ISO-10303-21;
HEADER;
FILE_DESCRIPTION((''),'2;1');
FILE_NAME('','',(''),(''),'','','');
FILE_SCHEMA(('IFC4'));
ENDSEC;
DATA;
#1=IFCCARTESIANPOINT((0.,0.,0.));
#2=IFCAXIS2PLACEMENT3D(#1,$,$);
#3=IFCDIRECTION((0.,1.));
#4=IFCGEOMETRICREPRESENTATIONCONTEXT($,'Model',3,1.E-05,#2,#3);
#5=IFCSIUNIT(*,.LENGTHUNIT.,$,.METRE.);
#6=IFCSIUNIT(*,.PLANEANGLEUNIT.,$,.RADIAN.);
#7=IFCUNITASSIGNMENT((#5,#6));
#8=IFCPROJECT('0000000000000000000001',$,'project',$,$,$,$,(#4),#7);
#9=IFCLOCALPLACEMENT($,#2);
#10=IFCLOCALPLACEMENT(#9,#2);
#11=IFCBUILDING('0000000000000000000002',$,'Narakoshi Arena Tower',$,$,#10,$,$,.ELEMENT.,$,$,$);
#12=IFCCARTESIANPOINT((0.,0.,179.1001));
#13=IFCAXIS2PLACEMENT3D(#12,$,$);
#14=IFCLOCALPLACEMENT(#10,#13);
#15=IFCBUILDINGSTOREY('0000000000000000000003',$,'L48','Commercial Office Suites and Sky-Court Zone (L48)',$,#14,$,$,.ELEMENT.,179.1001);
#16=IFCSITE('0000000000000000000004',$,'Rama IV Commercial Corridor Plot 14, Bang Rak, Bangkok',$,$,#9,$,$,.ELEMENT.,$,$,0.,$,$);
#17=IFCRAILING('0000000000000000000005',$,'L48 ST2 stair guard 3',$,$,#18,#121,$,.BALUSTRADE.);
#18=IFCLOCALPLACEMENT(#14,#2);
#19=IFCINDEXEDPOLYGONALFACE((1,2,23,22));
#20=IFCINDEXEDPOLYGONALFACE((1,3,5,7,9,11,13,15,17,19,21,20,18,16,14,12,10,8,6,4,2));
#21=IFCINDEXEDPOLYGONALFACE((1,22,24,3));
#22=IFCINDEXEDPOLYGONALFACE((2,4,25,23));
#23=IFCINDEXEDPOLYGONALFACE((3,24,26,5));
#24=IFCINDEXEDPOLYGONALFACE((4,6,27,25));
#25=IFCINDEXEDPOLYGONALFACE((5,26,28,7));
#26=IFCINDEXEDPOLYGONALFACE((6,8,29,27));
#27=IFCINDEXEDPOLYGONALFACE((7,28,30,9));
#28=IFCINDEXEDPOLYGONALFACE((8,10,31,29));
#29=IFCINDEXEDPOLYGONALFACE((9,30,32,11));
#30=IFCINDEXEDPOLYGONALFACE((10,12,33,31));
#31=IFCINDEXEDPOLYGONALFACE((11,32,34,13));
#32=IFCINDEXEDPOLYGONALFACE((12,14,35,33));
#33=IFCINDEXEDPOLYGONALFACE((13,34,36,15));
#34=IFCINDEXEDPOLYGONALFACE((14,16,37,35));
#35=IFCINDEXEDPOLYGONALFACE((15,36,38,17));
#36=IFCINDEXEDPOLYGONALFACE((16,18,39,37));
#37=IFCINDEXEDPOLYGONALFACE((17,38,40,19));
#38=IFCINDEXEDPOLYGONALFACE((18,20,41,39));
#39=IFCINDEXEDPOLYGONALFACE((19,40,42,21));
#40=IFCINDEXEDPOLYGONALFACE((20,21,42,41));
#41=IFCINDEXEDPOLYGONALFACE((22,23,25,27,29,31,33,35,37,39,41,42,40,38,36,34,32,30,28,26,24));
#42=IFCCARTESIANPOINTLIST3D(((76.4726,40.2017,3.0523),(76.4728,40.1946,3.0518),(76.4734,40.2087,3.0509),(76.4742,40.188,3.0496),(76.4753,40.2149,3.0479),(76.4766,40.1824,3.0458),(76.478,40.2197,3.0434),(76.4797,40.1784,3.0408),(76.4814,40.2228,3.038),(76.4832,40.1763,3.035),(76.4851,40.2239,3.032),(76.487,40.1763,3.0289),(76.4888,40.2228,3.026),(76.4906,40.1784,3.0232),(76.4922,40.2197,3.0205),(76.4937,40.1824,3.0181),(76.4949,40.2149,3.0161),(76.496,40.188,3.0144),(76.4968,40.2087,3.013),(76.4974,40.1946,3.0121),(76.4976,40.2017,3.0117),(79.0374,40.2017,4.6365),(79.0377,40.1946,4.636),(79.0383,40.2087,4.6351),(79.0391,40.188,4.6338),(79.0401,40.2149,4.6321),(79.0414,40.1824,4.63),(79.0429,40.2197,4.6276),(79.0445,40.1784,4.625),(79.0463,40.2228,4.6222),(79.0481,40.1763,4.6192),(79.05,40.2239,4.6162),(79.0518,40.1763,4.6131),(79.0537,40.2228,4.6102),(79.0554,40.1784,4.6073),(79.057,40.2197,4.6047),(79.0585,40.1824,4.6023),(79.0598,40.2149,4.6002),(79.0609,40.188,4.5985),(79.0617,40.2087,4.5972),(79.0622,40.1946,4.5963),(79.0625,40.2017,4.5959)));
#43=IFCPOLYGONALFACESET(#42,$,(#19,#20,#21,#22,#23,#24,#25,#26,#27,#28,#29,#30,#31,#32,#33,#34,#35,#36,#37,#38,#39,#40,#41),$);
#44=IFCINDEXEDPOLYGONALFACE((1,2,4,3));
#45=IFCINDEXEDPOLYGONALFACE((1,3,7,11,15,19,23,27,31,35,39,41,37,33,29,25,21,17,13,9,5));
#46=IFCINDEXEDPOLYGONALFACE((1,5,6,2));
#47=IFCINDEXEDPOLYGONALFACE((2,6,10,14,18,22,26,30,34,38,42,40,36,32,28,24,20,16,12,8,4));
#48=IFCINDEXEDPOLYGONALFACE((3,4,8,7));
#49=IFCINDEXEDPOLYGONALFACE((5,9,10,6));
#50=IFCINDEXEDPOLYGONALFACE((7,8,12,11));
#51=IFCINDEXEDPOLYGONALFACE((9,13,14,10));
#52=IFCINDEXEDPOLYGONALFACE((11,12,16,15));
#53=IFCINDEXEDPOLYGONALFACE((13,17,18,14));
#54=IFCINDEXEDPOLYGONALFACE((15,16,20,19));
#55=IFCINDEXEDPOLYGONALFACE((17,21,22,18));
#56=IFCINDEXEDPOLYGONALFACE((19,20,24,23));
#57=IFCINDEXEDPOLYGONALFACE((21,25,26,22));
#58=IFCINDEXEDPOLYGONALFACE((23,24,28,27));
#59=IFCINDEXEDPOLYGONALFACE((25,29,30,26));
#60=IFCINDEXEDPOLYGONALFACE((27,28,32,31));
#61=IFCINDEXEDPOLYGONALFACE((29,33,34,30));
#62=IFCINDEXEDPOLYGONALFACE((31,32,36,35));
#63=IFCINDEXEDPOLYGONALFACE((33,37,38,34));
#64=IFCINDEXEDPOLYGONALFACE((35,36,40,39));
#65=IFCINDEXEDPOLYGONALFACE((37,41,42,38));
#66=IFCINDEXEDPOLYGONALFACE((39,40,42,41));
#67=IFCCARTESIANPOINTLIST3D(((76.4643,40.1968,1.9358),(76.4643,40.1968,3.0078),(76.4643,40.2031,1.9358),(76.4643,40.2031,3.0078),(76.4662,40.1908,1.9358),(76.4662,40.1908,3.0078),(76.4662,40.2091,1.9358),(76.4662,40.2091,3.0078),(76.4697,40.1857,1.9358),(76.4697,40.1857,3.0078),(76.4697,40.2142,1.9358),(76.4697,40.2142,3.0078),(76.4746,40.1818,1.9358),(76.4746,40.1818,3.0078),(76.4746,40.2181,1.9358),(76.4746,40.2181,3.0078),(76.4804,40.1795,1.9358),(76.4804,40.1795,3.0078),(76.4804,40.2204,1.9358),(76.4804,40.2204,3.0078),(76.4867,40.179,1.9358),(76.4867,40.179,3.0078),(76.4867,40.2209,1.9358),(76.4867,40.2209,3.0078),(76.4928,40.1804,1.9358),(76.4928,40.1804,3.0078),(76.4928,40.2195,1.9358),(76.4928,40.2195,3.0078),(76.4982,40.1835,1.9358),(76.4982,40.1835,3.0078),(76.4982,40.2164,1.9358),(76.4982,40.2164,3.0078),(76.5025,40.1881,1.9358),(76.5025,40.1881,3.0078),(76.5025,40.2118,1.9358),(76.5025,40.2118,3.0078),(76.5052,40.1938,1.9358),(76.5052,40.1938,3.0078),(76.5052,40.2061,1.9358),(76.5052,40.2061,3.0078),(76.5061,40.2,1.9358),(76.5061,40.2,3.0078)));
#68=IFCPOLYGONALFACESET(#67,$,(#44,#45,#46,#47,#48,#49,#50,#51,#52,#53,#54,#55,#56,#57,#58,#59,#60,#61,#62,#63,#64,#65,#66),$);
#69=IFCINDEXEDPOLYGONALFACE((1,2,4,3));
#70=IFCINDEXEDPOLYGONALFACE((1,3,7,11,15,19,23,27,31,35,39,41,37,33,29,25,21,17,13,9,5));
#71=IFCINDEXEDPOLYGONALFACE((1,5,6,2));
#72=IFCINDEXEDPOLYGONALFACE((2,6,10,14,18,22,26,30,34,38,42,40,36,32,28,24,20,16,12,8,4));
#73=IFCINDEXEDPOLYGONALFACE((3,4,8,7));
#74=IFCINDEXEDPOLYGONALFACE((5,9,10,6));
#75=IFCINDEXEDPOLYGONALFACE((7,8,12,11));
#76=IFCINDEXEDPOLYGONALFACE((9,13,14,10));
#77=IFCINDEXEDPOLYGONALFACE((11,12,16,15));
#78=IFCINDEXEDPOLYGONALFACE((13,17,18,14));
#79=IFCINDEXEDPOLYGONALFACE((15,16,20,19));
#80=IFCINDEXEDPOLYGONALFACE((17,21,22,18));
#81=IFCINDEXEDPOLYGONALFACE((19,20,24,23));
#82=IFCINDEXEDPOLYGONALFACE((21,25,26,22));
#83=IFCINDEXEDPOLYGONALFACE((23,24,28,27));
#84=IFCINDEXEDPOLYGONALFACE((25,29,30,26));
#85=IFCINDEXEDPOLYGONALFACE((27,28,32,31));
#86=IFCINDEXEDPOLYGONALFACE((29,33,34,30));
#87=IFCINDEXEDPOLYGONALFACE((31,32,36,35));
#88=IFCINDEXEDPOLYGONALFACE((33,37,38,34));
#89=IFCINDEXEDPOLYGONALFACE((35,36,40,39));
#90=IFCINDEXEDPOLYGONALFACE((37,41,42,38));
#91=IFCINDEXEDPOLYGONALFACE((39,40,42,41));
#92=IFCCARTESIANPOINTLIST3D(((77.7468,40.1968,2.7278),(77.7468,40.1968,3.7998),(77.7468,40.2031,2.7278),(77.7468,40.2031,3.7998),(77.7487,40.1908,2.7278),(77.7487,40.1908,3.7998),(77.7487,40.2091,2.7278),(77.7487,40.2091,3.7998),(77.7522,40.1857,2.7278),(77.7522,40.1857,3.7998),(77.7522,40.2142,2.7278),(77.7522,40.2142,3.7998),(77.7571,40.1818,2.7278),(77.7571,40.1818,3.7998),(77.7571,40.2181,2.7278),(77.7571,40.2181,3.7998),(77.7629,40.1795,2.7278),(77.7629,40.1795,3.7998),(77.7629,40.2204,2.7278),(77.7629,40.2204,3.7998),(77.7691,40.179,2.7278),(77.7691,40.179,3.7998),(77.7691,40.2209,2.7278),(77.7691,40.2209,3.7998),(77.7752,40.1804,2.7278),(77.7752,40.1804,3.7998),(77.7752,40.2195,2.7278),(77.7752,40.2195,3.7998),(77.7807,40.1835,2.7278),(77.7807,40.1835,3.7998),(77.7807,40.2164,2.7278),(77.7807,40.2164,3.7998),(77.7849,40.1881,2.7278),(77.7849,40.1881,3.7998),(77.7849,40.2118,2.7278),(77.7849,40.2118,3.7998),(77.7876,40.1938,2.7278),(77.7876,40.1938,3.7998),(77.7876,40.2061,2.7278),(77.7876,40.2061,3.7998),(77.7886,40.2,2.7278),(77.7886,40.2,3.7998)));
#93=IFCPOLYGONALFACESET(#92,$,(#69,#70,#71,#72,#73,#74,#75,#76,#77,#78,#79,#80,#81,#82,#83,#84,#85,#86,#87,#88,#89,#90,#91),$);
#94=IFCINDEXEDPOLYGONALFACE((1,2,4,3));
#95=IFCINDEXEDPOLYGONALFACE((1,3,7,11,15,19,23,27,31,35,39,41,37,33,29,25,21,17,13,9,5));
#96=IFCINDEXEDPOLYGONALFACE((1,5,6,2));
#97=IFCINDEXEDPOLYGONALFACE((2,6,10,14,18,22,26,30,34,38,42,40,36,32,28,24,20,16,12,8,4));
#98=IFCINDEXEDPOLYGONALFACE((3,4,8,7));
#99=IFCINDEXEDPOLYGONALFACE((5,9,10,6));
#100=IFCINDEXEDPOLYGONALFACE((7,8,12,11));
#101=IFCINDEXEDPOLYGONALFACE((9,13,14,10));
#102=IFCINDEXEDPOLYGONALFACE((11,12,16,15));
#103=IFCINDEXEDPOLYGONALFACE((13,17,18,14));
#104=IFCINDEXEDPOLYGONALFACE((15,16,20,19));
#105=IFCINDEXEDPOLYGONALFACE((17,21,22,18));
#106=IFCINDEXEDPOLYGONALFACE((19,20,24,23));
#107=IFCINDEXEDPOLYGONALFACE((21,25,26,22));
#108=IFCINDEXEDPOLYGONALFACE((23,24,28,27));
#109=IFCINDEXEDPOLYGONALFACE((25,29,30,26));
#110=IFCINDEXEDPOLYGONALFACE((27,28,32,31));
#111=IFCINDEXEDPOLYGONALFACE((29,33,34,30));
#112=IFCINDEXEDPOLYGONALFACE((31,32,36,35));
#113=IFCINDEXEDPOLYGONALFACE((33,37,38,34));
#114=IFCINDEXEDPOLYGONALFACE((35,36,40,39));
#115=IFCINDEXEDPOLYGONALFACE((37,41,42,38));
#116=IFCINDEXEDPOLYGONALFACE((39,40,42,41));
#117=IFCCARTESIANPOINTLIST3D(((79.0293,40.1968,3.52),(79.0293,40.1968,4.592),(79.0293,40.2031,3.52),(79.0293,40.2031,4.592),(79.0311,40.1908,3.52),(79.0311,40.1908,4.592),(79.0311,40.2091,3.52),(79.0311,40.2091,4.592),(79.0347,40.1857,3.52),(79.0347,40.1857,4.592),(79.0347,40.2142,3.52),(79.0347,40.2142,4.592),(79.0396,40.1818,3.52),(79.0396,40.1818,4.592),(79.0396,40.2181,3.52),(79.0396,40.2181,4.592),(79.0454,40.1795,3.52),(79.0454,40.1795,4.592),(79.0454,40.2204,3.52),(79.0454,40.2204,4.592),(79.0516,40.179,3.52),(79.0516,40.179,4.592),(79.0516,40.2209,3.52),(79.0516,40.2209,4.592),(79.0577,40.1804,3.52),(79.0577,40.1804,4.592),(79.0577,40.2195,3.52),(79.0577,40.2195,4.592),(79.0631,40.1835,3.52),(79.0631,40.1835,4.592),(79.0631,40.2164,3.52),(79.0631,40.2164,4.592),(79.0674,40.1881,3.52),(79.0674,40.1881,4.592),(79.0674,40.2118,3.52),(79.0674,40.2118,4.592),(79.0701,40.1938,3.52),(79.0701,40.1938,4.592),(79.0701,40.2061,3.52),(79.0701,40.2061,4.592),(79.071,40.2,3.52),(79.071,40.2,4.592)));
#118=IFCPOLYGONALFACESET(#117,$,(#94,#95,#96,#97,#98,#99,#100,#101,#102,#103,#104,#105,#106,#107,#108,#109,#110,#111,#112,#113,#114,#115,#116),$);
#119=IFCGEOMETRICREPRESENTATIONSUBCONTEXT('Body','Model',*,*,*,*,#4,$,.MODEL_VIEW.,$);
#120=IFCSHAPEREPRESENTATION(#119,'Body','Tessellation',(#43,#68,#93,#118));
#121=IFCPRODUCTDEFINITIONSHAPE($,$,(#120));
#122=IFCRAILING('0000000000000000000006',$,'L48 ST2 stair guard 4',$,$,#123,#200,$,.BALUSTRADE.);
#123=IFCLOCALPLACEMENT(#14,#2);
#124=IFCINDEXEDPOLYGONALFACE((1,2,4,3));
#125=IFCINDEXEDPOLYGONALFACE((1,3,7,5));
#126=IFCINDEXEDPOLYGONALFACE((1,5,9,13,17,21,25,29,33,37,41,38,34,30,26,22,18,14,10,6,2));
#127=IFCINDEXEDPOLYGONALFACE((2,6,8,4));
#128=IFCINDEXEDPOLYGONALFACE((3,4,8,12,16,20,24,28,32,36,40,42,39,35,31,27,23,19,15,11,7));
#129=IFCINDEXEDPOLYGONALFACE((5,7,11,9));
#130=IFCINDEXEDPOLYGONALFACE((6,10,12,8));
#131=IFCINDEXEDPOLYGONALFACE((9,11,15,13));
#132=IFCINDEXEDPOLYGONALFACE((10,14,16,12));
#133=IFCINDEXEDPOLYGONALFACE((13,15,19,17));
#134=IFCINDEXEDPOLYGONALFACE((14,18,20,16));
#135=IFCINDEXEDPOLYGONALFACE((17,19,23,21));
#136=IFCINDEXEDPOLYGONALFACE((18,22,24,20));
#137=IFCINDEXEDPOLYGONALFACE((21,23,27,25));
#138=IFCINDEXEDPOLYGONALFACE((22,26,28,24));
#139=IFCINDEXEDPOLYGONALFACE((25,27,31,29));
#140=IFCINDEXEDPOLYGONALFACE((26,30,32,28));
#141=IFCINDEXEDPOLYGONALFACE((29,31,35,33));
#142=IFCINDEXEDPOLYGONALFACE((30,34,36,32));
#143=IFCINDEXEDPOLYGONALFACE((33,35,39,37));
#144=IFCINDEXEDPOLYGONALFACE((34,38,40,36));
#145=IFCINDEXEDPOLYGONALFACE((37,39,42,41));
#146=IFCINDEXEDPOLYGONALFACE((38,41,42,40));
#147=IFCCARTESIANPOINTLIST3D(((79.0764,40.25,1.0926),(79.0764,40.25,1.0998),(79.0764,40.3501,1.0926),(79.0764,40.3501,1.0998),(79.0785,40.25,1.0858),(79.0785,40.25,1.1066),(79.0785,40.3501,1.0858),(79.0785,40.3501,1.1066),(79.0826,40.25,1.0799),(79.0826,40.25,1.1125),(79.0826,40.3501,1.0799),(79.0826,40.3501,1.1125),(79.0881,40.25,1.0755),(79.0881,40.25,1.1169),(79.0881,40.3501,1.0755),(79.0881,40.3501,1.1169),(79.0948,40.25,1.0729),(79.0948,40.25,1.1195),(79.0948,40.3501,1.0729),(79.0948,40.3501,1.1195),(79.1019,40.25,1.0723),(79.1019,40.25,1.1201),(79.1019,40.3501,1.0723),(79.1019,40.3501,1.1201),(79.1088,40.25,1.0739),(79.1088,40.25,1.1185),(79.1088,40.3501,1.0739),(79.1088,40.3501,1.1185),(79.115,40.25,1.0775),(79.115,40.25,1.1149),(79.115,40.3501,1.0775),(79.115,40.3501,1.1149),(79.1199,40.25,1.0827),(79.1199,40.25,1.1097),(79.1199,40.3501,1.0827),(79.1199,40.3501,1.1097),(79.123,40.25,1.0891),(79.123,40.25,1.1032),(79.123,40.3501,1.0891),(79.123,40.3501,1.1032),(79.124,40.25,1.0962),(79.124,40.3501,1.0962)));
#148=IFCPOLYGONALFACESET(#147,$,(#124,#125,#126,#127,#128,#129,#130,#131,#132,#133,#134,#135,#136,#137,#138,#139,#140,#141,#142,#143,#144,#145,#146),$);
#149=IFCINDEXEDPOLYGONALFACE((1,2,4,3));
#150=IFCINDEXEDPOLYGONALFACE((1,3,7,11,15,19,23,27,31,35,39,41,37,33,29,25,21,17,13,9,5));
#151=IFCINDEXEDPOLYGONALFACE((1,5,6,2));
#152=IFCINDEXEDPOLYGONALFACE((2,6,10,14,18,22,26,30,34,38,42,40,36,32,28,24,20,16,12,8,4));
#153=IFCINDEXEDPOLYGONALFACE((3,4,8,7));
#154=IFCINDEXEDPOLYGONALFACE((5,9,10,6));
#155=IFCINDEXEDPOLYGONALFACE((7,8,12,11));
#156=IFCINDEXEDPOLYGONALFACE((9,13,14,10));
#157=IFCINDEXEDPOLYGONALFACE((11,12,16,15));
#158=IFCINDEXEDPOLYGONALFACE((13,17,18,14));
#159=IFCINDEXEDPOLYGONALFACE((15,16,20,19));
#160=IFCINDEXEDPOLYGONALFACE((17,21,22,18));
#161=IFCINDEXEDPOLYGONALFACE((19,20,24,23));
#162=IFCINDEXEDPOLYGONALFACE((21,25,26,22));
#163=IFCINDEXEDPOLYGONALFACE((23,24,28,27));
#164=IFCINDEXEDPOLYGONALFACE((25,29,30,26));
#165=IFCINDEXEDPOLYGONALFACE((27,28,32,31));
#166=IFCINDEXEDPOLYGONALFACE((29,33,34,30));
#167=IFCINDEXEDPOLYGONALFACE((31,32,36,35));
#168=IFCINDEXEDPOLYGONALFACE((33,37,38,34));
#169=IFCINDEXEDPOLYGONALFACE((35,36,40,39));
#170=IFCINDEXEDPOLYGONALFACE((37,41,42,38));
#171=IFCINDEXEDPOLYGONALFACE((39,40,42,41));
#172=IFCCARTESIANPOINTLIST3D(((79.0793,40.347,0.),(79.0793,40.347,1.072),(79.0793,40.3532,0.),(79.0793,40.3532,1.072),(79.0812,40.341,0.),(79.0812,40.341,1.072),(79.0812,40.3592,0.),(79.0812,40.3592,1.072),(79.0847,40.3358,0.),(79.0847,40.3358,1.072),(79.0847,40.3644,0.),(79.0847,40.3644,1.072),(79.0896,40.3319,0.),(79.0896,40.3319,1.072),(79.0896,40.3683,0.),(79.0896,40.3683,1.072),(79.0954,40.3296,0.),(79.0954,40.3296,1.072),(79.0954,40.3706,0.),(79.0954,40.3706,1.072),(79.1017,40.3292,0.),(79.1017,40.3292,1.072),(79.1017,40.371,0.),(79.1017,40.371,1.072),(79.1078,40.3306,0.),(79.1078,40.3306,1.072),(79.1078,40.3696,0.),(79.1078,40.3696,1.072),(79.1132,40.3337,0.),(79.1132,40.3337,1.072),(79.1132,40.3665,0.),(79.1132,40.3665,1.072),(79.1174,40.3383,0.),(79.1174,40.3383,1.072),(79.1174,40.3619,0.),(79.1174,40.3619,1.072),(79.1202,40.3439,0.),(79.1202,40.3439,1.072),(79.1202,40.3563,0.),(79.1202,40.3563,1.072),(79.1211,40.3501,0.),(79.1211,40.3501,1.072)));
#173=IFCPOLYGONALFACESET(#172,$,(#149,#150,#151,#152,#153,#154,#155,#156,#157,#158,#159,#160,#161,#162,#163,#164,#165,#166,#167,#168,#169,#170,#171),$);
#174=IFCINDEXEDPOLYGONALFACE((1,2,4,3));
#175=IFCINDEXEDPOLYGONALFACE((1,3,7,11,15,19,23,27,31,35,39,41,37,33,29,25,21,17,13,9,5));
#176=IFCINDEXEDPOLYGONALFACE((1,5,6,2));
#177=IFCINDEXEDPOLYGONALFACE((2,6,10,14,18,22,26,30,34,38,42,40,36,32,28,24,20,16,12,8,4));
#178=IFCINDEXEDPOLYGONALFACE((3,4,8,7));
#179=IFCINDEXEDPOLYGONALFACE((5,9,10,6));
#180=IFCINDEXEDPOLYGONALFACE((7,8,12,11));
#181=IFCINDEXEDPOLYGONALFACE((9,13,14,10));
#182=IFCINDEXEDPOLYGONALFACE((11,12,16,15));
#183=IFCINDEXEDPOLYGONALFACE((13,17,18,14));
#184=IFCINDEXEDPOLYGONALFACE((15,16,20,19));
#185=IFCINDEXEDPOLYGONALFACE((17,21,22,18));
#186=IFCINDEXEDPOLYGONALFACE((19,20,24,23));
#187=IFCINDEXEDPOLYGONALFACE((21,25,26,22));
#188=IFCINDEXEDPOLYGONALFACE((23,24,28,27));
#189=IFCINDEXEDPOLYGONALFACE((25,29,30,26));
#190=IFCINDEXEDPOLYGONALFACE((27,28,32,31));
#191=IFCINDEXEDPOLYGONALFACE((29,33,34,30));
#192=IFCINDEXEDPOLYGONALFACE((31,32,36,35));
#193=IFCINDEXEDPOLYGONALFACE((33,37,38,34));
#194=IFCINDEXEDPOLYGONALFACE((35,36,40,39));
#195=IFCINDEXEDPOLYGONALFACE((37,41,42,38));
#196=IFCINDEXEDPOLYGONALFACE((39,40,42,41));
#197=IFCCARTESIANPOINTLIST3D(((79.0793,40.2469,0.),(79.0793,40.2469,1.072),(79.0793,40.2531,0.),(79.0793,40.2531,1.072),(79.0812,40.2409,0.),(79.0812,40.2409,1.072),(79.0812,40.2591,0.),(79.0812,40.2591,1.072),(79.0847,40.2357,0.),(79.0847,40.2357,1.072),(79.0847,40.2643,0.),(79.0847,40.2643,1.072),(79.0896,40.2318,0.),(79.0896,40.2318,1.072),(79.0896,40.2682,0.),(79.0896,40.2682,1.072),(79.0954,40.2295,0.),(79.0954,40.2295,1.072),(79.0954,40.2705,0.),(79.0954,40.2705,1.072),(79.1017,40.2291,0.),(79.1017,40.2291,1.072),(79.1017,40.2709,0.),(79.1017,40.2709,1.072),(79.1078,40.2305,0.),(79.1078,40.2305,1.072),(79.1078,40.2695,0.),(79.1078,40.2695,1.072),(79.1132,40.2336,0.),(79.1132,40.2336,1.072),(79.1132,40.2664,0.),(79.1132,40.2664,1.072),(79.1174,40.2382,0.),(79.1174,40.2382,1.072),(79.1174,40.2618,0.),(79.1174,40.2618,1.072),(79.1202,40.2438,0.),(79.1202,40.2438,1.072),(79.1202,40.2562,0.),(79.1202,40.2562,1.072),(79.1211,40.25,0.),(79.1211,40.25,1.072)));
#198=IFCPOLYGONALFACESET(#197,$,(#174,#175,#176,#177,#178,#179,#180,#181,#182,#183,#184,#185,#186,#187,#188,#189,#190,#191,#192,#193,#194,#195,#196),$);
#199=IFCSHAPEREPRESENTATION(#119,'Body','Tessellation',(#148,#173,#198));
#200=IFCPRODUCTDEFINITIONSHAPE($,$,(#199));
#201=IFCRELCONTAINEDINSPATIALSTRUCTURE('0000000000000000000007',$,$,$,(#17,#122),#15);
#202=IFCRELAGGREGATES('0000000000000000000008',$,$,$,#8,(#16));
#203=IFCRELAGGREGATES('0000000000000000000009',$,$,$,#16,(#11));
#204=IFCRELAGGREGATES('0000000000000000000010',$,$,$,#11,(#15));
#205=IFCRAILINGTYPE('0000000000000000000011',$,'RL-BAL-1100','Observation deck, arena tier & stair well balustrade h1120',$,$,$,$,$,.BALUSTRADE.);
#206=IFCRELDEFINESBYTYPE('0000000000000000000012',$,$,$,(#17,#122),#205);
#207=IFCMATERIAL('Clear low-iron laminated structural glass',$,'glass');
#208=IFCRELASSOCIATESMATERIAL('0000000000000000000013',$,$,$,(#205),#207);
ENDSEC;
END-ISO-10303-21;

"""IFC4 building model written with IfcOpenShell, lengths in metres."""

from ifc_helpers import new_model, si_unit, direction, frame, origin, origin_2d, place, context, subcontext, project, spatial, circle, extrude, material, type_object, element, save


model = new_model("IFC4")

# Units and contexts
model_context = context("Model", 3, precision=1e-05, world=origin(), true_north=direction((0.0, 1.0)))
body_context = subcontext(model_context, "Body", "Model", "MODEL_VIEW")
ifc_project = project(units=[si_unit("LENGTHUNIT", "METRE"), si_unit("PLANEANGLEUNIT", "RADIAN")], contexts=[model_context])

# Site, building, storey
site_placement = place(None, origin())
site = spatial("IfcSite", under=ifc_project, at=site_placement, Name="Rama IV Commercial Corridor Plot 14, Bang Rak, Bangkok", CompositionType="ELEMENT", RefElevation=0.0)
building_placement = place(site_placement, origin())
building = spatial("IfcBuilding", under=site, at=building_placement, Name="Narakoshi Arena Tower", CompositionType="ELEMENT")
storey_placement = place(building_placement, frame((0.0, 0.0, 179.1001)))
storey = spatial("IfcBuildingStorey", under=building, at=storey_placement, Name="L48", Description="Commercial Office Suites and Sky-Court Zone (L48)", CompositionType="ELEMENT", Elevation=179.1001)

# Railings
ifc_material_1 = material(Name="Clear low-iron laminated structural glass", Category="glass")
railing_type_1 = type_object("IfcRailingType", Name="RL-BAL-1100", Description="Observation deck, arena tier & stair well balustrade h1120", PredefinedType="BALUSTRADE", material=ifc_material_1)
railing_1_placement = place(storey_placement, frame((76.4851, 40.2, 1.9358)))
element("IfcRailing", 1, at=railing_1_placement, inside=storey, type_object=railing_type_1, Name="L48 ST2 stair guard 3", PredefinedType="BALUSTRADE", context=body_context, shape_type="SweptSolid", body=[
    extrude(circle(Radius=0.0239, at=origin_2d()), frame((0.0, 0.0, 1.0962), z_axis=(0.850798, 0.0, 0.525493), x_axis=(0.0, 1.0, 0.0)), (0.0, 0.0, 1.0), 3.0146),
    extrude(circle(Radius=0.021, at=origin_2d()), origin(), (0.0, 0.0, 1.0), 1.072),
    extrude(circle(Radius=0.021, at=origin_2d()), frame((1.2825, 0.0, 0.792)), (0.0, 0.0, 1.0), 1.072),
    extrude(circle(Radius=0.021, at=origin_2d()), frame((2.5649, 0.0, 1.5842)), (0.0, 0.0, 1.0), 1.072),
])
railing_2_placement = place(storey_placement, frame((79.1001, 40.3501, 0.0)))
element("IfcRailing", 2, at=railing_2_placement, inside=storey, type_object=railing_type_1, Name="L48 ST2 stair guard 4", PredefinedType="BALUSTRADE", context=body_context, shape_type="SweptSolid", body=[
    extrude(circle(Radius=0.0239, at=origin_2d()), frame((0.0, 0.0, 1.0962), z_axis=(0.0, -1.0, 0.0), x_axis=(1.0, 0.0, 0.0)), (0.0, 0.0, 1.0), 0.1001),
    extrude(circle(Radius=0.021, at=origin_2d()), origin(), (0.0, 0.0, 1.0), 1.072),
    extrude(circle(Radius=0.021, at=origin_2d()), frame((0.0, -0.1001, 0.0)), (0.0, 0.0, 1.0), 1.072),
])

save(model, "model.ifc")
